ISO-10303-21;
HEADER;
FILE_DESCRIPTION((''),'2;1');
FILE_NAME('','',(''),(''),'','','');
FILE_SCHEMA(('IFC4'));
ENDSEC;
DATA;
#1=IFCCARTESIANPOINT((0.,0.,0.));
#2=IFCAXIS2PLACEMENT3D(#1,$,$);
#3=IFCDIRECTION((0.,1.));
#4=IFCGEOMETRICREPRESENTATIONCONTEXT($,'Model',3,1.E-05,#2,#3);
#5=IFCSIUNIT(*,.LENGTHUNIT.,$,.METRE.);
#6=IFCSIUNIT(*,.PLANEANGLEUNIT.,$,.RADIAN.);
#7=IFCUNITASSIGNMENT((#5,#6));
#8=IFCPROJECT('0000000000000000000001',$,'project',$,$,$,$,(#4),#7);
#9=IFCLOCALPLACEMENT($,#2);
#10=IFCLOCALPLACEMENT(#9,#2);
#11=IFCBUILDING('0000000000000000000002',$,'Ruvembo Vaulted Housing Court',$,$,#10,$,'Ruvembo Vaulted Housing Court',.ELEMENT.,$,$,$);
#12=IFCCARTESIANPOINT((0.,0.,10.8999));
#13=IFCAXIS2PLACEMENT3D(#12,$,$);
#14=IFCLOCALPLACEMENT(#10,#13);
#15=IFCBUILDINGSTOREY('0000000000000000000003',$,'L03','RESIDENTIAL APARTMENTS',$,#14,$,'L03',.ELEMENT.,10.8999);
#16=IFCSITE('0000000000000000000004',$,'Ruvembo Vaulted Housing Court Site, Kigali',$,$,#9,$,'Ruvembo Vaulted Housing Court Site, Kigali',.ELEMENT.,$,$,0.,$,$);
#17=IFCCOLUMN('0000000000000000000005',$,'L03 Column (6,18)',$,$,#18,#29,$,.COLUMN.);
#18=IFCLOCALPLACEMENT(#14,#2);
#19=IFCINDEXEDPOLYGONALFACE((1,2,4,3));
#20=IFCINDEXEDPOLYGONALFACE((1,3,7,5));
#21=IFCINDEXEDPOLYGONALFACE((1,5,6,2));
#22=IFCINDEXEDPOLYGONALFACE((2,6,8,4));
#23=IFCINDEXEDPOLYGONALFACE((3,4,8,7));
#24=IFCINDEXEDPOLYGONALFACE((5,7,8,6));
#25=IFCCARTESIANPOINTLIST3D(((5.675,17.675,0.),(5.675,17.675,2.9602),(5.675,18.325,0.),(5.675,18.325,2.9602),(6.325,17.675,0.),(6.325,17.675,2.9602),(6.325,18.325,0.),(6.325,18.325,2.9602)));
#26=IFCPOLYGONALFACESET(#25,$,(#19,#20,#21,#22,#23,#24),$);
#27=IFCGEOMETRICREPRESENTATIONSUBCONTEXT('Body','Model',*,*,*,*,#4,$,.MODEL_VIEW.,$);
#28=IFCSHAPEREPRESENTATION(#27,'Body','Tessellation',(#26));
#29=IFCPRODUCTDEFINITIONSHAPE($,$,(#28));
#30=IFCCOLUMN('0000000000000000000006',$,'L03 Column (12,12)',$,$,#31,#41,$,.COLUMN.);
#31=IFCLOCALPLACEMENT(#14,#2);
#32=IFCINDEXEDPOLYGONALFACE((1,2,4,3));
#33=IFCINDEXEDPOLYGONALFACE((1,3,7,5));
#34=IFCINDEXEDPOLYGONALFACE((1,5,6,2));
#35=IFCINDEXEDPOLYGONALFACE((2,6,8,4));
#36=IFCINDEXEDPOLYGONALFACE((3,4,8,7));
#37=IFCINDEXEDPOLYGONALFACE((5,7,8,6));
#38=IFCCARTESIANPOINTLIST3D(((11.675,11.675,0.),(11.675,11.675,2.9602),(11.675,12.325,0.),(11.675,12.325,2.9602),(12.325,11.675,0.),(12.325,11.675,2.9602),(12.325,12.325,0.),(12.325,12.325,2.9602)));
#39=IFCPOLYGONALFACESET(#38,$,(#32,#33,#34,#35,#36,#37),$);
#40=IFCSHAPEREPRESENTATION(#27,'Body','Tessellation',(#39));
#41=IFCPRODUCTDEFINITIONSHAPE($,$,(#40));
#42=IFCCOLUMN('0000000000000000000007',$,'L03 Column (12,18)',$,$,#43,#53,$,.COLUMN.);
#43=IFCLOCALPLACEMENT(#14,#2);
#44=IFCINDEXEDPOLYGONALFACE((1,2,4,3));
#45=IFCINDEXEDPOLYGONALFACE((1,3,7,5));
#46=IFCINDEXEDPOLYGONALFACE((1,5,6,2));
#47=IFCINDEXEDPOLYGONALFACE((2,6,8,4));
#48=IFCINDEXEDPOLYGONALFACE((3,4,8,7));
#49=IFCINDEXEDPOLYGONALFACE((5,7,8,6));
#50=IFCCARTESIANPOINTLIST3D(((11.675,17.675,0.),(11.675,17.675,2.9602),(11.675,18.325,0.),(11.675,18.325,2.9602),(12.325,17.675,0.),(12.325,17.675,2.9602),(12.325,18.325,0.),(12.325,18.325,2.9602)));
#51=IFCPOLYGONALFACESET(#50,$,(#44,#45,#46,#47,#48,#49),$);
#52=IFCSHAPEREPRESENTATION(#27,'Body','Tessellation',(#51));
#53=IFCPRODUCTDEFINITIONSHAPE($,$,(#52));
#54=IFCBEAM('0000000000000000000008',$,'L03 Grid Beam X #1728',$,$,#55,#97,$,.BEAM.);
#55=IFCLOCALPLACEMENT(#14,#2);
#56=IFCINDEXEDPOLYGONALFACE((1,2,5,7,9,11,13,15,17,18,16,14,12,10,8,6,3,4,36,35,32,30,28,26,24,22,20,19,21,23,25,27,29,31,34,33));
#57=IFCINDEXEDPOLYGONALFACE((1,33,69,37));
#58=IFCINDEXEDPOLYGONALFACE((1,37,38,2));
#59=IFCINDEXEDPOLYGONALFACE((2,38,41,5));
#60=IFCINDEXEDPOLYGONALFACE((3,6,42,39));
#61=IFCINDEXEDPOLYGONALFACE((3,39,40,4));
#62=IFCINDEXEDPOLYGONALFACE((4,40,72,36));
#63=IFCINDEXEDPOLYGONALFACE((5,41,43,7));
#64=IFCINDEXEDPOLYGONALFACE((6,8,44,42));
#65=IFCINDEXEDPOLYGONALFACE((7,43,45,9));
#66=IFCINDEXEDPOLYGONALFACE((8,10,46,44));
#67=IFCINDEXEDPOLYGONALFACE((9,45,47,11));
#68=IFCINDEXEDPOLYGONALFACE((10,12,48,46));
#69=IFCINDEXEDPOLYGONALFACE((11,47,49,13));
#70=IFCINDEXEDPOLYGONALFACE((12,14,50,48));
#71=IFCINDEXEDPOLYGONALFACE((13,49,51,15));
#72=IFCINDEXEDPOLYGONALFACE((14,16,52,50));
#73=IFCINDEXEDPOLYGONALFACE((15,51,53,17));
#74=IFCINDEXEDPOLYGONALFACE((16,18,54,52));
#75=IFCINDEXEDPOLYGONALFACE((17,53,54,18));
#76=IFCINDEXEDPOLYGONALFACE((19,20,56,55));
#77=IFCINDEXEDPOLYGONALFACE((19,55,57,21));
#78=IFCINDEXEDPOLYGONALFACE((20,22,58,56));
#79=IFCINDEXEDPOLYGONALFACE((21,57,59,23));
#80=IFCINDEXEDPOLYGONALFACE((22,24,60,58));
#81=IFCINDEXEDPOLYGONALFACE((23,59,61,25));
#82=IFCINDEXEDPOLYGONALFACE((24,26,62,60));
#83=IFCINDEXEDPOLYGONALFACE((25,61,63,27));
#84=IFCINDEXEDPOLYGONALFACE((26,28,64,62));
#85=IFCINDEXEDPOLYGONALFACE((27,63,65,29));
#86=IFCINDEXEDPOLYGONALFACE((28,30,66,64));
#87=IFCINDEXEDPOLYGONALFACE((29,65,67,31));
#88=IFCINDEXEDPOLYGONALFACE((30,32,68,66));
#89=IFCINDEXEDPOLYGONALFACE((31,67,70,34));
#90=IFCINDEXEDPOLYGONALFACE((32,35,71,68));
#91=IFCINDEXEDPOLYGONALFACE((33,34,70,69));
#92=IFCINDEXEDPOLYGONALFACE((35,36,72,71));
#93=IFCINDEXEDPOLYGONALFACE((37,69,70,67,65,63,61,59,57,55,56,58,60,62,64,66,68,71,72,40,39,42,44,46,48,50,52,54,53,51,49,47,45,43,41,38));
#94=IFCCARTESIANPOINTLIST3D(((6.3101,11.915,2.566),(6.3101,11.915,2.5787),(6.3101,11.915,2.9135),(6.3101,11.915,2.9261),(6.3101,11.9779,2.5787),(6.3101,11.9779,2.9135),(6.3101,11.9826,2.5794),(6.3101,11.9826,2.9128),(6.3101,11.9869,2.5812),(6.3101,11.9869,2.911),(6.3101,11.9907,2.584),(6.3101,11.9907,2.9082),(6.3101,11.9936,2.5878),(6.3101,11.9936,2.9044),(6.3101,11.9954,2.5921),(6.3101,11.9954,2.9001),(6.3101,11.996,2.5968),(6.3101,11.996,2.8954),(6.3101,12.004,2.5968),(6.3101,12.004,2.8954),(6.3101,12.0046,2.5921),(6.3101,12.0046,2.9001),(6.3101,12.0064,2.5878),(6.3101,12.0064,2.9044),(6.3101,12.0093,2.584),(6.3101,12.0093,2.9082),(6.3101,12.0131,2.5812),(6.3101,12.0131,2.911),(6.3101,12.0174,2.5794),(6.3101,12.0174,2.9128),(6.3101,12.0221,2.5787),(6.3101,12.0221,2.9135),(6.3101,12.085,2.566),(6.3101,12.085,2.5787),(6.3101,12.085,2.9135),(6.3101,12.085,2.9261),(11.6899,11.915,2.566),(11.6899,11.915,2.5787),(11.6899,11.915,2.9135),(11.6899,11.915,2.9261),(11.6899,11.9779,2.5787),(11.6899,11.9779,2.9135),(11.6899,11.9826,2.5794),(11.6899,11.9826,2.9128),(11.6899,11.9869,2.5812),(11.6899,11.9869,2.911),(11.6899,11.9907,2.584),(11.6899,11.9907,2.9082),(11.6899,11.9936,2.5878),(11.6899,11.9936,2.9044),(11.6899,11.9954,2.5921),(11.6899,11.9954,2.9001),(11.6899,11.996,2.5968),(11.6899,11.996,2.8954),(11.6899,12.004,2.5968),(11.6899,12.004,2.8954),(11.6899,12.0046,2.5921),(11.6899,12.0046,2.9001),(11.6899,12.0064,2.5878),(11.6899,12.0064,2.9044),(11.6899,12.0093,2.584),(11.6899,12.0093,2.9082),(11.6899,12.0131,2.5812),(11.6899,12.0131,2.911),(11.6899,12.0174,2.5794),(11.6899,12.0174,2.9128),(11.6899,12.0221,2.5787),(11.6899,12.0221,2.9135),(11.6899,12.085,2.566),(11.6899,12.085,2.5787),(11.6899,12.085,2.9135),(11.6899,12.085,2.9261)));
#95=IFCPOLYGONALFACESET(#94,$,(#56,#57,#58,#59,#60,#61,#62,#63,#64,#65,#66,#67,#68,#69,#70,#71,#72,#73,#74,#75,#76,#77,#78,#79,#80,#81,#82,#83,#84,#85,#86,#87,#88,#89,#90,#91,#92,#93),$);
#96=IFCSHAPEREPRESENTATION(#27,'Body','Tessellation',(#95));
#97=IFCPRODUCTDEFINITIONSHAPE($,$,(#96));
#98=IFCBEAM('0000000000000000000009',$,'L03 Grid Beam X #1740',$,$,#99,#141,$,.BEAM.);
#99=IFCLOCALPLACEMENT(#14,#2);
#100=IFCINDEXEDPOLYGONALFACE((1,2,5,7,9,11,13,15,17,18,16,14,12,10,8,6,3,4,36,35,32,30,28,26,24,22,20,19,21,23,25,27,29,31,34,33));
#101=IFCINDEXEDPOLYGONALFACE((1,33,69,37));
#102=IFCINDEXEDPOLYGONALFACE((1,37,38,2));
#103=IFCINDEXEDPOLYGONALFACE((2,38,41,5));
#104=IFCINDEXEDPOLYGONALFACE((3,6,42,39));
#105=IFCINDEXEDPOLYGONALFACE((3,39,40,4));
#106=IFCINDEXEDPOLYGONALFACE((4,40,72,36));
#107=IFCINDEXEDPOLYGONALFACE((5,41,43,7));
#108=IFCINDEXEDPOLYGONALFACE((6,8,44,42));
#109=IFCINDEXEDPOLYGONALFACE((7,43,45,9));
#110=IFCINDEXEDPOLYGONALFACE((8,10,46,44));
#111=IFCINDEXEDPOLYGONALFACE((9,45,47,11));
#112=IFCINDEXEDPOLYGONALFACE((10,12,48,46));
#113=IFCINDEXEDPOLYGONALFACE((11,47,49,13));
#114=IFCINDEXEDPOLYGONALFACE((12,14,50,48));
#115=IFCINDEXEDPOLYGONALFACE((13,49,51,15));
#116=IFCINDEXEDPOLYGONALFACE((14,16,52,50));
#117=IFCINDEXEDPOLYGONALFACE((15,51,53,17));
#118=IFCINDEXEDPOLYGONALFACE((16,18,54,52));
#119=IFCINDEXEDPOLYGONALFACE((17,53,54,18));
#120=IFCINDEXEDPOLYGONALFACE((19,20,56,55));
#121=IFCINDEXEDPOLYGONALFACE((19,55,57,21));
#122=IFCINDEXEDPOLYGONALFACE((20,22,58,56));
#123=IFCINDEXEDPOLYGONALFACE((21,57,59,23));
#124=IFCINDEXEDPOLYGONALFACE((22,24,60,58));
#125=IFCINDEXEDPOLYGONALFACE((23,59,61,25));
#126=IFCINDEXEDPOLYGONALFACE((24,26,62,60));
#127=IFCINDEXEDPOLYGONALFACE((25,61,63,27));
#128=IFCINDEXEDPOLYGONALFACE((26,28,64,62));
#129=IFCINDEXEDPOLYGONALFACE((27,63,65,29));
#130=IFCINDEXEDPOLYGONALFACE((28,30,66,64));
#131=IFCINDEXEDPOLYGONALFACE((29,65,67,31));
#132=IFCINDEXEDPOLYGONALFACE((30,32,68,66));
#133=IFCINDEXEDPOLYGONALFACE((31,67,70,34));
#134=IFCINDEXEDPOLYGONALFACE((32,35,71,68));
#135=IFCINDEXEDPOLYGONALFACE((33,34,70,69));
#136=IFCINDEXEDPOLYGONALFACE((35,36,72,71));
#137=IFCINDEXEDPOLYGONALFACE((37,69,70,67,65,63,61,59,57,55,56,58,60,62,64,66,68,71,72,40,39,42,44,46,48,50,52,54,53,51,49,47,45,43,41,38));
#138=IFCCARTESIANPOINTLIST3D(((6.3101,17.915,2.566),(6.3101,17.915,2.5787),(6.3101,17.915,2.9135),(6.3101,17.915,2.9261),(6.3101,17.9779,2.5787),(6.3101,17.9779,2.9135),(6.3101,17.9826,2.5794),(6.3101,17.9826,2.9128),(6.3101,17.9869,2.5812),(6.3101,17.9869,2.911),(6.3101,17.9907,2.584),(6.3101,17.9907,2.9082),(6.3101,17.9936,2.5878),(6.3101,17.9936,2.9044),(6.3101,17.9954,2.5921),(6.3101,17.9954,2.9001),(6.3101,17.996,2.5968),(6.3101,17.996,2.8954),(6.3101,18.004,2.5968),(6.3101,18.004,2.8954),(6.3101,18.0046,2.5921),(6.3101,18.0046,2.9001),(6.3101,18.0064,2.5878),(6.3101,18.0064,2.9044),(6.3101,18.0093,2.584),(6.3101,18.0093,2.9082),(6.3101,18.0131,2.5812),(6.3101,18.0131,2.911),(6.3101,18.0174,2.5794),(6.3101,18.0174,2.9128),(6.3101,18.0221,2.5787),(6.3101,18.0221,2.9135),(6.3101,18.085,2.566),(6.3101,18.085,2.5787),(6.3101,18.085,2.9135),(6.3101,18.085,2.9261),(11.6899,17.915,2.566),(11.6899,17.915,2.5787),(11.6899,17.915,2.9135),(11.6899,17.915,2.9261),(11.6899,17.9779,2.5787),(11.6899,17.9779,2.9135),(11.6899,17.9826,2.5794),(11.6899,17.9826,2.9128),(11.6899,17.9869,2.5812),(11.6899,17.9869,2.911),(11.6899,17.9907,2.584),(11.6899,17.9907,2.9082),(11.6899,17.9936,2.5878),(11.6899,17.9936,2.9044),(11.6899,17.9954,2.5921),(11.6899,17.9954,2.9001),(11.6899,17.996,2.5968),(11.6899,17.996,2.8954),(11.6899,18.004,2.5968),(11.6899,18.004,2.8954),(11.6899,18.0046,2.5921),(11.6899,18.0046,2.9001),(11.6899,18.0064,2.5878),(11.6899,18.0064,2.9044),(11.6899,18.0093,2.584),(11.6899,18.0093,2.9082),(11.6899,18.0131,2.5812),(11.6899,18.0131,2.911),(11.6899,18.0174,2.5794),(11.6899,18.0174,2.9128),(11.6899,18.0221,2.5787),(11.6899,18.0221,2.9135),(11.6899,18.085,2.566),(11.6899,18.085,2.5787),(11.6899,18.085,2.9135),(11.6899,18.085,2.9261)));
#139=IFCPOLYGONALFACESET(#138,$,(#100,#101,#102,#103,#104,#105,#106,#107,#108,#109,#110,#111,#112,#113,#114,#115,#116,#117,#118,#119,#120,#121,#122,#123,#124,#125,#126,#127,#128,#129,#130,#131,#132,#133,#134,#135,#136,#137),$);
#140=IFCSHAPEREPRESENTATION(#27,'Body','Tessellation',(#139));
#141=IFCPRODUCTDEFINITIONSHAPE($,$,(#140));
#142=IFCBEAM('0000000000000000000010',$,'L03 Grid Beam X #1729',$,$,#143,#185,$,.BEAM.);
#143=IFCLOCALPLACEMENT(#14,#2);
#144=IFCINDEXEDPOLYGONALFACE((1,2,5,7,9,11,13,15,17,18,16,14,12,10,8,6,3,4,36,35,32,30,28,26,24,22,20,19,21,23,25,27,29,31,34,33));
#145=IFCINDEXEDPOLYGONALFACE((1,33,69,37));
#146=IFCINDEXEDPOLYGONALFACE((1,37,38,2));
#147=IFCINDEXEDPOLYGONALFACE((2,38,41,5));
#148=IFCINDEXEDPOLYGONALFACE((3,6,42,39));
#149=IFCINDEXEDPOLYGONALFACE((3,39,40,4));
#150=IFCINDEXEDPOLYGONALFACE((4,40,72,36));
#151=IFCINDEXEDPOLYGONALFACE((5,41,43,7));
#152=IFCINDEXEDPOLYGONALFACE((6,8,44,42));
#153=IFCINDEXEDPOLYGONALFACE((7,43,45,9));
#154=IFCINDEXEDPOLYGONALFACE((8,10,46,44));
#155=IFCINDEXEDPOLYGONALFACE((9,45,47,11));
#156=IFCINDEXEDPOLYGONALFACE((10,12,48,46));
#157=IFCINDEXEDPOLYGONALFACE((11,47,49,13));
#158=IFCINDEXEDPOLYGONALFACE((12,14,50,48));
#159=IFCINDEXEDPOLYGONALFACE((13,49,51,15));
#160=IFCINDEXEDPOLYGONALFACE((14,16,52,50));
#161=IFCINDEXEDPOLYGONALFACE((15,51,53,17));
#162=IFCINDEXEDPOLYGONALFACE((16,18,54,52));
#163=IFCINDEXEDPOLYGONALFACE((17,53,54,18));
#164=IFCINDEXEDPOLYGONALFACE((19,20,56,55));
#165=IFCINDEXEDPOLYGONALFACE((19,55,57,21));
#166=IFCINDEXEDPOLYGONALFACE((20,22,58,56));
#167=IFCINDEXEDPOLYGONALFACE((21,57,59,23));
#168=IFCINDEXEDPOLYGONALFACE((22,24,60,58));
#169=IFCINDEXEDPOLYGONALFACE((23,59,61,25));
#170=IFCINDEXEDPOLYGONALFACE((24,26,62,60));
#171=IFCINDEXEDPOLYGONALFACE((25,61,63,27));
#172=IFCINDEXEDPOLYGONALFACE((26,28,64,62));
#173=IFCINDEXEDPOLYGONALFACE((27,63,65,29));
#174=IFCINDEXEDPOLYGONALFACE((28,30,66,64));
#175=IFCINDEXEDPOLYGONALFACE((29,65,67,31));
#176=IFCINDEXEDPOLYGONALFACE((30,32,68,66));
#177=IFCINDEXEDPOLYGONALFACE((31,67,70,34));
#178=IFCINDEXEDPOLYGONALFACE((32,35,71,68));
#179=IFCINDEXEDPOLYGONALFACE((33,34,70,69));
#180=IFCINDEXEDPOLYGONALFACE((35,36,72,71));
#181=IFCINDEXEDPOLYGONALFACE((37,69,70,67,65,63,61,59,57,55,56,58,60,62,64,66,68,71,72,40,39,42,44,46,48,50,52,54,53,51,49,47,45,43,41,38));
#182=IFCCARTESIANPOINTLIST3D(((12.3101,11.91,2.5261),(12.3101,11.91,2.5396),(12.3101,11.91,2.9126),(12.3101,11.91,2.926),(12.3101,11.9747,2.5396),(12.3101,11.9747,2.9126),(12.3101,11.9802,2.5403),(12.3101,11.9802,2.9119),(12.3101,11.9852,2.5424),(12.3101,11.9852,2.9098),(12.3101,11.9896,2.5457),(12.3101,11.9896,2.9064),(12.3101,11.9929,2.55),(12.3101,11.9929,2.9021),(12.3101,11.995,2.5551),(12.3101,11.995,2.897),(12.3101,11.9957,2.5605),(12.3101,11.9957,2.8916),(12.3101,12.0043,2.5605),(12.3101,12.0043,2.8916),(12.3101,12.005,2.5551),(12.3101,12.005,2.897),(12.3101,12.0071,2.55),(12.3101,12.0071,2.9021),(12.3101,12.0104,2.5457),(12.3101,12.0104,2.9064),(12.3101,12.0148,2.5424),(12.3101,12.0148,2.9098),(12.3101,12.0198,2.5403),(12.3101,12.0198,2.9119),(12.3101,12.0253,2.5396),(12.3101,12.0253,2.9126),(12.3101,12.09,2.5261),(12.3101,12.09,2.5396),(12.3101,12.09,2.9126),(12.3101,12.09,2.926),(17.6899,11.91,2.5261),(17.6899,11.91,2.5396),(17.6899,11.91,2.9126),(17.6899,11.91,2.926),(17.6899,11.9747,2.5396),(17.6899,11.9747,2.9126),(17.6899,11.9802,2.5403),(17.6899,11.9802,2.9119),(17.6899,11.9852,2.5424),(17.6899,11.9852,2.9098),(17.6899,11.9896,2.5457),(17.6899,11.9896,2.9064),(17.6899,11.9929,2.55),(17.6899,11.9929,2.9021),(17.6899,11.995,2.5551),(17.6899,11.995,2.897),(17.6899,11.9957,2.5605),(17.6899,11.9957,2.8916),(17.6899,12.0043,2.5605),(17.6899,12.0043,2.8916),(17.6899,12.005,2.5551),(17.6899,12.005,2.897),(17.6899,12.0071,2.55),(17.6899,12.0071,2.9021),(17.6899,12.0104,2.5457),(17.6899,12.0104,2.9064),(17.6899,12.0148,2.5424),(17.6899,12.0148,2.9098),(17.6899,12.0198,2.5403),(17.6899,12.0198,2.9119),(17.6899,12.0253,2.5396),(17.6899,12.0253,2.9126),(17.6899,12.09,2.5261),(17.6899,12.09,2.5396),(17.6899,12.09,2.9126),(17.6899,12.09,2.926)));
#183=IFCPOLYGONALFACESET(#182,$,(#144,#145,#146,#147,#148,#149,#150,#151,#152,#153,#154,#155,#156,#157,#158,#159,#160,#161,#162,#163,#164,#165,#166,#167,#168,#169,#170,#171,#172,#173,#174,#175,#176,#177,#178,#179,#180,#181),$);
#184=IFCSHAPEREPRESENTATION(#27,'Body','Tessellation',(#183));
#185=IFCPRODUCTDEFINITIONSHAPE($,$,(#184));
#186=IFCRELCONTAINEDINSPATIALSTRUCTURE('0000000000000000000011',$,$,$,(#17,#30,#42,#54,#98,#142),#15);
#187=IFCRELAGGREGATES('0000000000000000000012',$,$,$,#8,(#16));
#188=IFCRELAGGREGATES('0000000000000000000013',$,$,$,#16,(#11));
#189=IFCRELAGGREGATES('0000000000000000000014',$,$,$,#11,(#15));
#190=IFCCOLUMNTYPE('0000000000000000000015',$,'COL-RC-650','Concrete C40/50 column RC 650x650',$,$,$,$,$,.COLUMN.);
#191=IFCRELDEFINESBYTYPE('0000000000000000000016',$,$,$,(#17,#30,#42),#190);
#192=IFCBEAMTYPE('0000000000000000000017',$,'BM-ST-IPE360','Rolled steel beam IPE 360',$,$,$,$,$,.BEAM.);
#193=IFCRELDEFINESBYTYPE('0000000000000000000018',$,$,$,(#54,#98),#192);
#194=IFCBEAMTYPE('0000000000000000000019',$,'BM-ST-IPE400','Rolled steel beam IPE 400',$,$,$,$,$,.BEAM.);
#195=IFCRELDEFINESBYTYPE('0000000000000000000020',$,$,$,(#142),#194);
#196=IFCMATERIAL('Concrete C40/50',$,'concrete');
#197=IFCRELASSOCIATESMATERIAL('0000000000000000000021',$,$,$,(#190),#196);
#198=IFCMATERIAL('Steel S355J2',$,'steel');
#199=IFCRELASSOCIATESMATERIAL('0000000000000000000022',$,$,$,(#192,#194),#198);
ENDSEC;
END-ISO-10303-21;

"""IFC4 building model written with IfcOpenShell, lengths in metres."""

from ifc_helpers import new_model, si_unit, direction, frame, origin, origin_2d, place, context, subcontext, project, spatial, rectangle, i_section, extrude, material, material_profile, profile_set, type_object, element, save


model = new_model("IFC4")

# Units and contexts
model_context = context("Model", 3, precision=1e-05, world=origin(), true_north=direction((0.0, 1.0)))
body_context = subcontext(model_context, "Body", "Model", "MODEL_VIEW")
ifc_project = project(units=[si_unit("LENGTHUNIT", "METRE"), si_unit("PLANEANGLEUNIT", "RADIAN")], contexts=[model_context])

# Site, building, storey
site_placement = place(None, origin())
site = spatial("IfcSite", under=ifc_project, at=site_placement, Name="Ruvembo Vaulted Housing Court Site, Kigali", LongName="Ruvembo Vaulted Housing Court Site, Kigali", CompositionType="ELEMENT", RefElevation=0.0)
building_placement = place(site_placement, origin())
building = spatial("IfcBuilding", under=site, at=building_placement, Name="Ruvembo Vaulted Housing Court", LongName="Ruvembo Vaulted Housing Court", CompositionType="ELEMENT")
storey_placement = place(building_placement, frame((0.0, 0.0, 10.8999)))
storey = spatial("IfcBuildingStorey", under=building, at=storey_placement, Name="L03", Description="RESIDENTIAL APARTMENTS", LongName="L03", CompositionType="ELEMENT", Elevation=10.8999)

# Columns
ifc_material_1 = material(Name="Concrete C40/50", Category="concrete")
ifc_material_profile_1 = material_profile(ifc_material_1, rectangle(XDim=0.6499, YDim=0.6499, at=origin_2d()), Name="RC 650x650")
ifc_profile_set_1 = profile_set([ifc_material_profile_1], Name="Concrete C40/50")
column_type = type_object("IfcColumnType", Name="COL-RC-650", Description="Concrete C40/50 column RC 650x650", PredefinedType="COLUMN", material=ifc_profile_set_1)
for number, where, z_axis, x_axis, name in (
    (1, (6.0, 18.0, 0.0), (0.0, 0.0, 1.0), (1.0, 0.0, 0.0), "L03 Column (6,18)"),
    (2, (12.0, 12.0, 0.0), (0.0, 0.0, 1.0), (1.0, 0.0, 0.0), "L03 Column (12,12)"),
    (3, (12.0, 18.0, 0.0), (0.0, 0.0, 1.0), (1.0, 0.0, 0.0), "L03 Column (12,18)"),
):
    element("IfcColumn", number, at=place(storey_placement, frame(where, z_axis=z_axis, x_axis=x_axis)), inside=storey, type_object=column_type, Name=name, PredefinedType="COLUMN", context=body_context, shape_type="SweptSolid", body=[
        extrude(rectangle(XDim=0.6499, YDim=0.6499, at=origin_2d()), origin(), (0.0, 0.0, 1.0), 2.9602),
    ])

# Beams
ifc_material_2 = material(Name="Steel S355J2", Category="steel")
ifc_material_profile_2 = material_profile(ifc_material_2, i_section(OverallWidth=0.1699, OverallDepth=0.3601, WebThickness=0.0081, FlangeThickness=0.0127, FilletRadius=0.0181, at=origin_2d()), Name="IPE 360")
ifc_profile_set_2 = profile_set([ifc_material_profile_2], Name="Steel S355J2")
beam_type_1 = type_object("IfcBeamType", Name="BM-ST-IPE360", Description="Rolled steel beam IPE 360", PredefinedType="BEAM", material=ifc_profile_set_2)
for number, where, z_axis, x_axis, name in (
    (4, (6.3101, 12.0, 2.7461), (1.0, 0.0, 0.0), (0.0, 1.0, 0.0), "L03 Grid Beam X #1728"),
    (5, (6.3101, 18.0, 2.7461), (1.0, 0.0, 0.0), (0.0, 1.0, 0.0), "L03 Grid Beam X #1740"),
):
    element("IfcBeam", number, at=place(storey_placement, frame(where, z_axis=z_axis, x_axis=x_axis)), inside=storey, type_object=beam_type_1, Name=name, PredefinedType="BEAM", context=body_context, shape_type="SweptSolid", body=[
        extrude(i_section(OverallWidth=0.1699, OverallDepth=0.3601, WebThickness=0.0081, FlangeThickness=0.0127, FilletRadius=0.0181, at=origin_2d()), origin(), (0.0, 0.0, 1.0), 5.3799),
    ])
ifc_material_profile_3 = material_profile(ifc_material_2, i_section(OverallWidth=0.1799, OverallDepth=0.3999, WebThickness=0.0085, FlangeThickness=0.0134, FilletRadius=0.021, at=origin_2d()), Name="IPE 400")
ifc_profile_set_3 = profile_set([ifc_material_profile_3], Name="Steel S355J2")
beam_type_2 = type_object("IfcBeamType", Name="BM-ST-IPE400", Description="Rolled steel beam IPE 400", PredefinedType="BEAM", material=ifc_profile_set_3)
for number, where, z_axis, x_axis, name in (
    (6, (12.3101, 12.0, 2.7261), (1.0, 0.0, 0.0), (0.0, 1.0, 0.0), "L03 Grid Beam X #1729"),
):
    element("IfcBeam", number, at=place(storey_placement, frame(where, z_axis=z_axis, x_axis=x_axis)), inside=storey, type_object=beam_type_2, Name=name, PredefinedType="BEAM", context=body_context, shape_type="SweptSolid", body=[
        extrude(i_section(OverallWidth=0.1799, OverallDepth=0.3999, WebThickness=0.0085, FlangeThickness=0.0134, FilletRadius=0.021, at=origin_2d()), origin(), (0.0, 0.0, 1.0), 5.3799),
    ])

save(model, "model.ifc")
